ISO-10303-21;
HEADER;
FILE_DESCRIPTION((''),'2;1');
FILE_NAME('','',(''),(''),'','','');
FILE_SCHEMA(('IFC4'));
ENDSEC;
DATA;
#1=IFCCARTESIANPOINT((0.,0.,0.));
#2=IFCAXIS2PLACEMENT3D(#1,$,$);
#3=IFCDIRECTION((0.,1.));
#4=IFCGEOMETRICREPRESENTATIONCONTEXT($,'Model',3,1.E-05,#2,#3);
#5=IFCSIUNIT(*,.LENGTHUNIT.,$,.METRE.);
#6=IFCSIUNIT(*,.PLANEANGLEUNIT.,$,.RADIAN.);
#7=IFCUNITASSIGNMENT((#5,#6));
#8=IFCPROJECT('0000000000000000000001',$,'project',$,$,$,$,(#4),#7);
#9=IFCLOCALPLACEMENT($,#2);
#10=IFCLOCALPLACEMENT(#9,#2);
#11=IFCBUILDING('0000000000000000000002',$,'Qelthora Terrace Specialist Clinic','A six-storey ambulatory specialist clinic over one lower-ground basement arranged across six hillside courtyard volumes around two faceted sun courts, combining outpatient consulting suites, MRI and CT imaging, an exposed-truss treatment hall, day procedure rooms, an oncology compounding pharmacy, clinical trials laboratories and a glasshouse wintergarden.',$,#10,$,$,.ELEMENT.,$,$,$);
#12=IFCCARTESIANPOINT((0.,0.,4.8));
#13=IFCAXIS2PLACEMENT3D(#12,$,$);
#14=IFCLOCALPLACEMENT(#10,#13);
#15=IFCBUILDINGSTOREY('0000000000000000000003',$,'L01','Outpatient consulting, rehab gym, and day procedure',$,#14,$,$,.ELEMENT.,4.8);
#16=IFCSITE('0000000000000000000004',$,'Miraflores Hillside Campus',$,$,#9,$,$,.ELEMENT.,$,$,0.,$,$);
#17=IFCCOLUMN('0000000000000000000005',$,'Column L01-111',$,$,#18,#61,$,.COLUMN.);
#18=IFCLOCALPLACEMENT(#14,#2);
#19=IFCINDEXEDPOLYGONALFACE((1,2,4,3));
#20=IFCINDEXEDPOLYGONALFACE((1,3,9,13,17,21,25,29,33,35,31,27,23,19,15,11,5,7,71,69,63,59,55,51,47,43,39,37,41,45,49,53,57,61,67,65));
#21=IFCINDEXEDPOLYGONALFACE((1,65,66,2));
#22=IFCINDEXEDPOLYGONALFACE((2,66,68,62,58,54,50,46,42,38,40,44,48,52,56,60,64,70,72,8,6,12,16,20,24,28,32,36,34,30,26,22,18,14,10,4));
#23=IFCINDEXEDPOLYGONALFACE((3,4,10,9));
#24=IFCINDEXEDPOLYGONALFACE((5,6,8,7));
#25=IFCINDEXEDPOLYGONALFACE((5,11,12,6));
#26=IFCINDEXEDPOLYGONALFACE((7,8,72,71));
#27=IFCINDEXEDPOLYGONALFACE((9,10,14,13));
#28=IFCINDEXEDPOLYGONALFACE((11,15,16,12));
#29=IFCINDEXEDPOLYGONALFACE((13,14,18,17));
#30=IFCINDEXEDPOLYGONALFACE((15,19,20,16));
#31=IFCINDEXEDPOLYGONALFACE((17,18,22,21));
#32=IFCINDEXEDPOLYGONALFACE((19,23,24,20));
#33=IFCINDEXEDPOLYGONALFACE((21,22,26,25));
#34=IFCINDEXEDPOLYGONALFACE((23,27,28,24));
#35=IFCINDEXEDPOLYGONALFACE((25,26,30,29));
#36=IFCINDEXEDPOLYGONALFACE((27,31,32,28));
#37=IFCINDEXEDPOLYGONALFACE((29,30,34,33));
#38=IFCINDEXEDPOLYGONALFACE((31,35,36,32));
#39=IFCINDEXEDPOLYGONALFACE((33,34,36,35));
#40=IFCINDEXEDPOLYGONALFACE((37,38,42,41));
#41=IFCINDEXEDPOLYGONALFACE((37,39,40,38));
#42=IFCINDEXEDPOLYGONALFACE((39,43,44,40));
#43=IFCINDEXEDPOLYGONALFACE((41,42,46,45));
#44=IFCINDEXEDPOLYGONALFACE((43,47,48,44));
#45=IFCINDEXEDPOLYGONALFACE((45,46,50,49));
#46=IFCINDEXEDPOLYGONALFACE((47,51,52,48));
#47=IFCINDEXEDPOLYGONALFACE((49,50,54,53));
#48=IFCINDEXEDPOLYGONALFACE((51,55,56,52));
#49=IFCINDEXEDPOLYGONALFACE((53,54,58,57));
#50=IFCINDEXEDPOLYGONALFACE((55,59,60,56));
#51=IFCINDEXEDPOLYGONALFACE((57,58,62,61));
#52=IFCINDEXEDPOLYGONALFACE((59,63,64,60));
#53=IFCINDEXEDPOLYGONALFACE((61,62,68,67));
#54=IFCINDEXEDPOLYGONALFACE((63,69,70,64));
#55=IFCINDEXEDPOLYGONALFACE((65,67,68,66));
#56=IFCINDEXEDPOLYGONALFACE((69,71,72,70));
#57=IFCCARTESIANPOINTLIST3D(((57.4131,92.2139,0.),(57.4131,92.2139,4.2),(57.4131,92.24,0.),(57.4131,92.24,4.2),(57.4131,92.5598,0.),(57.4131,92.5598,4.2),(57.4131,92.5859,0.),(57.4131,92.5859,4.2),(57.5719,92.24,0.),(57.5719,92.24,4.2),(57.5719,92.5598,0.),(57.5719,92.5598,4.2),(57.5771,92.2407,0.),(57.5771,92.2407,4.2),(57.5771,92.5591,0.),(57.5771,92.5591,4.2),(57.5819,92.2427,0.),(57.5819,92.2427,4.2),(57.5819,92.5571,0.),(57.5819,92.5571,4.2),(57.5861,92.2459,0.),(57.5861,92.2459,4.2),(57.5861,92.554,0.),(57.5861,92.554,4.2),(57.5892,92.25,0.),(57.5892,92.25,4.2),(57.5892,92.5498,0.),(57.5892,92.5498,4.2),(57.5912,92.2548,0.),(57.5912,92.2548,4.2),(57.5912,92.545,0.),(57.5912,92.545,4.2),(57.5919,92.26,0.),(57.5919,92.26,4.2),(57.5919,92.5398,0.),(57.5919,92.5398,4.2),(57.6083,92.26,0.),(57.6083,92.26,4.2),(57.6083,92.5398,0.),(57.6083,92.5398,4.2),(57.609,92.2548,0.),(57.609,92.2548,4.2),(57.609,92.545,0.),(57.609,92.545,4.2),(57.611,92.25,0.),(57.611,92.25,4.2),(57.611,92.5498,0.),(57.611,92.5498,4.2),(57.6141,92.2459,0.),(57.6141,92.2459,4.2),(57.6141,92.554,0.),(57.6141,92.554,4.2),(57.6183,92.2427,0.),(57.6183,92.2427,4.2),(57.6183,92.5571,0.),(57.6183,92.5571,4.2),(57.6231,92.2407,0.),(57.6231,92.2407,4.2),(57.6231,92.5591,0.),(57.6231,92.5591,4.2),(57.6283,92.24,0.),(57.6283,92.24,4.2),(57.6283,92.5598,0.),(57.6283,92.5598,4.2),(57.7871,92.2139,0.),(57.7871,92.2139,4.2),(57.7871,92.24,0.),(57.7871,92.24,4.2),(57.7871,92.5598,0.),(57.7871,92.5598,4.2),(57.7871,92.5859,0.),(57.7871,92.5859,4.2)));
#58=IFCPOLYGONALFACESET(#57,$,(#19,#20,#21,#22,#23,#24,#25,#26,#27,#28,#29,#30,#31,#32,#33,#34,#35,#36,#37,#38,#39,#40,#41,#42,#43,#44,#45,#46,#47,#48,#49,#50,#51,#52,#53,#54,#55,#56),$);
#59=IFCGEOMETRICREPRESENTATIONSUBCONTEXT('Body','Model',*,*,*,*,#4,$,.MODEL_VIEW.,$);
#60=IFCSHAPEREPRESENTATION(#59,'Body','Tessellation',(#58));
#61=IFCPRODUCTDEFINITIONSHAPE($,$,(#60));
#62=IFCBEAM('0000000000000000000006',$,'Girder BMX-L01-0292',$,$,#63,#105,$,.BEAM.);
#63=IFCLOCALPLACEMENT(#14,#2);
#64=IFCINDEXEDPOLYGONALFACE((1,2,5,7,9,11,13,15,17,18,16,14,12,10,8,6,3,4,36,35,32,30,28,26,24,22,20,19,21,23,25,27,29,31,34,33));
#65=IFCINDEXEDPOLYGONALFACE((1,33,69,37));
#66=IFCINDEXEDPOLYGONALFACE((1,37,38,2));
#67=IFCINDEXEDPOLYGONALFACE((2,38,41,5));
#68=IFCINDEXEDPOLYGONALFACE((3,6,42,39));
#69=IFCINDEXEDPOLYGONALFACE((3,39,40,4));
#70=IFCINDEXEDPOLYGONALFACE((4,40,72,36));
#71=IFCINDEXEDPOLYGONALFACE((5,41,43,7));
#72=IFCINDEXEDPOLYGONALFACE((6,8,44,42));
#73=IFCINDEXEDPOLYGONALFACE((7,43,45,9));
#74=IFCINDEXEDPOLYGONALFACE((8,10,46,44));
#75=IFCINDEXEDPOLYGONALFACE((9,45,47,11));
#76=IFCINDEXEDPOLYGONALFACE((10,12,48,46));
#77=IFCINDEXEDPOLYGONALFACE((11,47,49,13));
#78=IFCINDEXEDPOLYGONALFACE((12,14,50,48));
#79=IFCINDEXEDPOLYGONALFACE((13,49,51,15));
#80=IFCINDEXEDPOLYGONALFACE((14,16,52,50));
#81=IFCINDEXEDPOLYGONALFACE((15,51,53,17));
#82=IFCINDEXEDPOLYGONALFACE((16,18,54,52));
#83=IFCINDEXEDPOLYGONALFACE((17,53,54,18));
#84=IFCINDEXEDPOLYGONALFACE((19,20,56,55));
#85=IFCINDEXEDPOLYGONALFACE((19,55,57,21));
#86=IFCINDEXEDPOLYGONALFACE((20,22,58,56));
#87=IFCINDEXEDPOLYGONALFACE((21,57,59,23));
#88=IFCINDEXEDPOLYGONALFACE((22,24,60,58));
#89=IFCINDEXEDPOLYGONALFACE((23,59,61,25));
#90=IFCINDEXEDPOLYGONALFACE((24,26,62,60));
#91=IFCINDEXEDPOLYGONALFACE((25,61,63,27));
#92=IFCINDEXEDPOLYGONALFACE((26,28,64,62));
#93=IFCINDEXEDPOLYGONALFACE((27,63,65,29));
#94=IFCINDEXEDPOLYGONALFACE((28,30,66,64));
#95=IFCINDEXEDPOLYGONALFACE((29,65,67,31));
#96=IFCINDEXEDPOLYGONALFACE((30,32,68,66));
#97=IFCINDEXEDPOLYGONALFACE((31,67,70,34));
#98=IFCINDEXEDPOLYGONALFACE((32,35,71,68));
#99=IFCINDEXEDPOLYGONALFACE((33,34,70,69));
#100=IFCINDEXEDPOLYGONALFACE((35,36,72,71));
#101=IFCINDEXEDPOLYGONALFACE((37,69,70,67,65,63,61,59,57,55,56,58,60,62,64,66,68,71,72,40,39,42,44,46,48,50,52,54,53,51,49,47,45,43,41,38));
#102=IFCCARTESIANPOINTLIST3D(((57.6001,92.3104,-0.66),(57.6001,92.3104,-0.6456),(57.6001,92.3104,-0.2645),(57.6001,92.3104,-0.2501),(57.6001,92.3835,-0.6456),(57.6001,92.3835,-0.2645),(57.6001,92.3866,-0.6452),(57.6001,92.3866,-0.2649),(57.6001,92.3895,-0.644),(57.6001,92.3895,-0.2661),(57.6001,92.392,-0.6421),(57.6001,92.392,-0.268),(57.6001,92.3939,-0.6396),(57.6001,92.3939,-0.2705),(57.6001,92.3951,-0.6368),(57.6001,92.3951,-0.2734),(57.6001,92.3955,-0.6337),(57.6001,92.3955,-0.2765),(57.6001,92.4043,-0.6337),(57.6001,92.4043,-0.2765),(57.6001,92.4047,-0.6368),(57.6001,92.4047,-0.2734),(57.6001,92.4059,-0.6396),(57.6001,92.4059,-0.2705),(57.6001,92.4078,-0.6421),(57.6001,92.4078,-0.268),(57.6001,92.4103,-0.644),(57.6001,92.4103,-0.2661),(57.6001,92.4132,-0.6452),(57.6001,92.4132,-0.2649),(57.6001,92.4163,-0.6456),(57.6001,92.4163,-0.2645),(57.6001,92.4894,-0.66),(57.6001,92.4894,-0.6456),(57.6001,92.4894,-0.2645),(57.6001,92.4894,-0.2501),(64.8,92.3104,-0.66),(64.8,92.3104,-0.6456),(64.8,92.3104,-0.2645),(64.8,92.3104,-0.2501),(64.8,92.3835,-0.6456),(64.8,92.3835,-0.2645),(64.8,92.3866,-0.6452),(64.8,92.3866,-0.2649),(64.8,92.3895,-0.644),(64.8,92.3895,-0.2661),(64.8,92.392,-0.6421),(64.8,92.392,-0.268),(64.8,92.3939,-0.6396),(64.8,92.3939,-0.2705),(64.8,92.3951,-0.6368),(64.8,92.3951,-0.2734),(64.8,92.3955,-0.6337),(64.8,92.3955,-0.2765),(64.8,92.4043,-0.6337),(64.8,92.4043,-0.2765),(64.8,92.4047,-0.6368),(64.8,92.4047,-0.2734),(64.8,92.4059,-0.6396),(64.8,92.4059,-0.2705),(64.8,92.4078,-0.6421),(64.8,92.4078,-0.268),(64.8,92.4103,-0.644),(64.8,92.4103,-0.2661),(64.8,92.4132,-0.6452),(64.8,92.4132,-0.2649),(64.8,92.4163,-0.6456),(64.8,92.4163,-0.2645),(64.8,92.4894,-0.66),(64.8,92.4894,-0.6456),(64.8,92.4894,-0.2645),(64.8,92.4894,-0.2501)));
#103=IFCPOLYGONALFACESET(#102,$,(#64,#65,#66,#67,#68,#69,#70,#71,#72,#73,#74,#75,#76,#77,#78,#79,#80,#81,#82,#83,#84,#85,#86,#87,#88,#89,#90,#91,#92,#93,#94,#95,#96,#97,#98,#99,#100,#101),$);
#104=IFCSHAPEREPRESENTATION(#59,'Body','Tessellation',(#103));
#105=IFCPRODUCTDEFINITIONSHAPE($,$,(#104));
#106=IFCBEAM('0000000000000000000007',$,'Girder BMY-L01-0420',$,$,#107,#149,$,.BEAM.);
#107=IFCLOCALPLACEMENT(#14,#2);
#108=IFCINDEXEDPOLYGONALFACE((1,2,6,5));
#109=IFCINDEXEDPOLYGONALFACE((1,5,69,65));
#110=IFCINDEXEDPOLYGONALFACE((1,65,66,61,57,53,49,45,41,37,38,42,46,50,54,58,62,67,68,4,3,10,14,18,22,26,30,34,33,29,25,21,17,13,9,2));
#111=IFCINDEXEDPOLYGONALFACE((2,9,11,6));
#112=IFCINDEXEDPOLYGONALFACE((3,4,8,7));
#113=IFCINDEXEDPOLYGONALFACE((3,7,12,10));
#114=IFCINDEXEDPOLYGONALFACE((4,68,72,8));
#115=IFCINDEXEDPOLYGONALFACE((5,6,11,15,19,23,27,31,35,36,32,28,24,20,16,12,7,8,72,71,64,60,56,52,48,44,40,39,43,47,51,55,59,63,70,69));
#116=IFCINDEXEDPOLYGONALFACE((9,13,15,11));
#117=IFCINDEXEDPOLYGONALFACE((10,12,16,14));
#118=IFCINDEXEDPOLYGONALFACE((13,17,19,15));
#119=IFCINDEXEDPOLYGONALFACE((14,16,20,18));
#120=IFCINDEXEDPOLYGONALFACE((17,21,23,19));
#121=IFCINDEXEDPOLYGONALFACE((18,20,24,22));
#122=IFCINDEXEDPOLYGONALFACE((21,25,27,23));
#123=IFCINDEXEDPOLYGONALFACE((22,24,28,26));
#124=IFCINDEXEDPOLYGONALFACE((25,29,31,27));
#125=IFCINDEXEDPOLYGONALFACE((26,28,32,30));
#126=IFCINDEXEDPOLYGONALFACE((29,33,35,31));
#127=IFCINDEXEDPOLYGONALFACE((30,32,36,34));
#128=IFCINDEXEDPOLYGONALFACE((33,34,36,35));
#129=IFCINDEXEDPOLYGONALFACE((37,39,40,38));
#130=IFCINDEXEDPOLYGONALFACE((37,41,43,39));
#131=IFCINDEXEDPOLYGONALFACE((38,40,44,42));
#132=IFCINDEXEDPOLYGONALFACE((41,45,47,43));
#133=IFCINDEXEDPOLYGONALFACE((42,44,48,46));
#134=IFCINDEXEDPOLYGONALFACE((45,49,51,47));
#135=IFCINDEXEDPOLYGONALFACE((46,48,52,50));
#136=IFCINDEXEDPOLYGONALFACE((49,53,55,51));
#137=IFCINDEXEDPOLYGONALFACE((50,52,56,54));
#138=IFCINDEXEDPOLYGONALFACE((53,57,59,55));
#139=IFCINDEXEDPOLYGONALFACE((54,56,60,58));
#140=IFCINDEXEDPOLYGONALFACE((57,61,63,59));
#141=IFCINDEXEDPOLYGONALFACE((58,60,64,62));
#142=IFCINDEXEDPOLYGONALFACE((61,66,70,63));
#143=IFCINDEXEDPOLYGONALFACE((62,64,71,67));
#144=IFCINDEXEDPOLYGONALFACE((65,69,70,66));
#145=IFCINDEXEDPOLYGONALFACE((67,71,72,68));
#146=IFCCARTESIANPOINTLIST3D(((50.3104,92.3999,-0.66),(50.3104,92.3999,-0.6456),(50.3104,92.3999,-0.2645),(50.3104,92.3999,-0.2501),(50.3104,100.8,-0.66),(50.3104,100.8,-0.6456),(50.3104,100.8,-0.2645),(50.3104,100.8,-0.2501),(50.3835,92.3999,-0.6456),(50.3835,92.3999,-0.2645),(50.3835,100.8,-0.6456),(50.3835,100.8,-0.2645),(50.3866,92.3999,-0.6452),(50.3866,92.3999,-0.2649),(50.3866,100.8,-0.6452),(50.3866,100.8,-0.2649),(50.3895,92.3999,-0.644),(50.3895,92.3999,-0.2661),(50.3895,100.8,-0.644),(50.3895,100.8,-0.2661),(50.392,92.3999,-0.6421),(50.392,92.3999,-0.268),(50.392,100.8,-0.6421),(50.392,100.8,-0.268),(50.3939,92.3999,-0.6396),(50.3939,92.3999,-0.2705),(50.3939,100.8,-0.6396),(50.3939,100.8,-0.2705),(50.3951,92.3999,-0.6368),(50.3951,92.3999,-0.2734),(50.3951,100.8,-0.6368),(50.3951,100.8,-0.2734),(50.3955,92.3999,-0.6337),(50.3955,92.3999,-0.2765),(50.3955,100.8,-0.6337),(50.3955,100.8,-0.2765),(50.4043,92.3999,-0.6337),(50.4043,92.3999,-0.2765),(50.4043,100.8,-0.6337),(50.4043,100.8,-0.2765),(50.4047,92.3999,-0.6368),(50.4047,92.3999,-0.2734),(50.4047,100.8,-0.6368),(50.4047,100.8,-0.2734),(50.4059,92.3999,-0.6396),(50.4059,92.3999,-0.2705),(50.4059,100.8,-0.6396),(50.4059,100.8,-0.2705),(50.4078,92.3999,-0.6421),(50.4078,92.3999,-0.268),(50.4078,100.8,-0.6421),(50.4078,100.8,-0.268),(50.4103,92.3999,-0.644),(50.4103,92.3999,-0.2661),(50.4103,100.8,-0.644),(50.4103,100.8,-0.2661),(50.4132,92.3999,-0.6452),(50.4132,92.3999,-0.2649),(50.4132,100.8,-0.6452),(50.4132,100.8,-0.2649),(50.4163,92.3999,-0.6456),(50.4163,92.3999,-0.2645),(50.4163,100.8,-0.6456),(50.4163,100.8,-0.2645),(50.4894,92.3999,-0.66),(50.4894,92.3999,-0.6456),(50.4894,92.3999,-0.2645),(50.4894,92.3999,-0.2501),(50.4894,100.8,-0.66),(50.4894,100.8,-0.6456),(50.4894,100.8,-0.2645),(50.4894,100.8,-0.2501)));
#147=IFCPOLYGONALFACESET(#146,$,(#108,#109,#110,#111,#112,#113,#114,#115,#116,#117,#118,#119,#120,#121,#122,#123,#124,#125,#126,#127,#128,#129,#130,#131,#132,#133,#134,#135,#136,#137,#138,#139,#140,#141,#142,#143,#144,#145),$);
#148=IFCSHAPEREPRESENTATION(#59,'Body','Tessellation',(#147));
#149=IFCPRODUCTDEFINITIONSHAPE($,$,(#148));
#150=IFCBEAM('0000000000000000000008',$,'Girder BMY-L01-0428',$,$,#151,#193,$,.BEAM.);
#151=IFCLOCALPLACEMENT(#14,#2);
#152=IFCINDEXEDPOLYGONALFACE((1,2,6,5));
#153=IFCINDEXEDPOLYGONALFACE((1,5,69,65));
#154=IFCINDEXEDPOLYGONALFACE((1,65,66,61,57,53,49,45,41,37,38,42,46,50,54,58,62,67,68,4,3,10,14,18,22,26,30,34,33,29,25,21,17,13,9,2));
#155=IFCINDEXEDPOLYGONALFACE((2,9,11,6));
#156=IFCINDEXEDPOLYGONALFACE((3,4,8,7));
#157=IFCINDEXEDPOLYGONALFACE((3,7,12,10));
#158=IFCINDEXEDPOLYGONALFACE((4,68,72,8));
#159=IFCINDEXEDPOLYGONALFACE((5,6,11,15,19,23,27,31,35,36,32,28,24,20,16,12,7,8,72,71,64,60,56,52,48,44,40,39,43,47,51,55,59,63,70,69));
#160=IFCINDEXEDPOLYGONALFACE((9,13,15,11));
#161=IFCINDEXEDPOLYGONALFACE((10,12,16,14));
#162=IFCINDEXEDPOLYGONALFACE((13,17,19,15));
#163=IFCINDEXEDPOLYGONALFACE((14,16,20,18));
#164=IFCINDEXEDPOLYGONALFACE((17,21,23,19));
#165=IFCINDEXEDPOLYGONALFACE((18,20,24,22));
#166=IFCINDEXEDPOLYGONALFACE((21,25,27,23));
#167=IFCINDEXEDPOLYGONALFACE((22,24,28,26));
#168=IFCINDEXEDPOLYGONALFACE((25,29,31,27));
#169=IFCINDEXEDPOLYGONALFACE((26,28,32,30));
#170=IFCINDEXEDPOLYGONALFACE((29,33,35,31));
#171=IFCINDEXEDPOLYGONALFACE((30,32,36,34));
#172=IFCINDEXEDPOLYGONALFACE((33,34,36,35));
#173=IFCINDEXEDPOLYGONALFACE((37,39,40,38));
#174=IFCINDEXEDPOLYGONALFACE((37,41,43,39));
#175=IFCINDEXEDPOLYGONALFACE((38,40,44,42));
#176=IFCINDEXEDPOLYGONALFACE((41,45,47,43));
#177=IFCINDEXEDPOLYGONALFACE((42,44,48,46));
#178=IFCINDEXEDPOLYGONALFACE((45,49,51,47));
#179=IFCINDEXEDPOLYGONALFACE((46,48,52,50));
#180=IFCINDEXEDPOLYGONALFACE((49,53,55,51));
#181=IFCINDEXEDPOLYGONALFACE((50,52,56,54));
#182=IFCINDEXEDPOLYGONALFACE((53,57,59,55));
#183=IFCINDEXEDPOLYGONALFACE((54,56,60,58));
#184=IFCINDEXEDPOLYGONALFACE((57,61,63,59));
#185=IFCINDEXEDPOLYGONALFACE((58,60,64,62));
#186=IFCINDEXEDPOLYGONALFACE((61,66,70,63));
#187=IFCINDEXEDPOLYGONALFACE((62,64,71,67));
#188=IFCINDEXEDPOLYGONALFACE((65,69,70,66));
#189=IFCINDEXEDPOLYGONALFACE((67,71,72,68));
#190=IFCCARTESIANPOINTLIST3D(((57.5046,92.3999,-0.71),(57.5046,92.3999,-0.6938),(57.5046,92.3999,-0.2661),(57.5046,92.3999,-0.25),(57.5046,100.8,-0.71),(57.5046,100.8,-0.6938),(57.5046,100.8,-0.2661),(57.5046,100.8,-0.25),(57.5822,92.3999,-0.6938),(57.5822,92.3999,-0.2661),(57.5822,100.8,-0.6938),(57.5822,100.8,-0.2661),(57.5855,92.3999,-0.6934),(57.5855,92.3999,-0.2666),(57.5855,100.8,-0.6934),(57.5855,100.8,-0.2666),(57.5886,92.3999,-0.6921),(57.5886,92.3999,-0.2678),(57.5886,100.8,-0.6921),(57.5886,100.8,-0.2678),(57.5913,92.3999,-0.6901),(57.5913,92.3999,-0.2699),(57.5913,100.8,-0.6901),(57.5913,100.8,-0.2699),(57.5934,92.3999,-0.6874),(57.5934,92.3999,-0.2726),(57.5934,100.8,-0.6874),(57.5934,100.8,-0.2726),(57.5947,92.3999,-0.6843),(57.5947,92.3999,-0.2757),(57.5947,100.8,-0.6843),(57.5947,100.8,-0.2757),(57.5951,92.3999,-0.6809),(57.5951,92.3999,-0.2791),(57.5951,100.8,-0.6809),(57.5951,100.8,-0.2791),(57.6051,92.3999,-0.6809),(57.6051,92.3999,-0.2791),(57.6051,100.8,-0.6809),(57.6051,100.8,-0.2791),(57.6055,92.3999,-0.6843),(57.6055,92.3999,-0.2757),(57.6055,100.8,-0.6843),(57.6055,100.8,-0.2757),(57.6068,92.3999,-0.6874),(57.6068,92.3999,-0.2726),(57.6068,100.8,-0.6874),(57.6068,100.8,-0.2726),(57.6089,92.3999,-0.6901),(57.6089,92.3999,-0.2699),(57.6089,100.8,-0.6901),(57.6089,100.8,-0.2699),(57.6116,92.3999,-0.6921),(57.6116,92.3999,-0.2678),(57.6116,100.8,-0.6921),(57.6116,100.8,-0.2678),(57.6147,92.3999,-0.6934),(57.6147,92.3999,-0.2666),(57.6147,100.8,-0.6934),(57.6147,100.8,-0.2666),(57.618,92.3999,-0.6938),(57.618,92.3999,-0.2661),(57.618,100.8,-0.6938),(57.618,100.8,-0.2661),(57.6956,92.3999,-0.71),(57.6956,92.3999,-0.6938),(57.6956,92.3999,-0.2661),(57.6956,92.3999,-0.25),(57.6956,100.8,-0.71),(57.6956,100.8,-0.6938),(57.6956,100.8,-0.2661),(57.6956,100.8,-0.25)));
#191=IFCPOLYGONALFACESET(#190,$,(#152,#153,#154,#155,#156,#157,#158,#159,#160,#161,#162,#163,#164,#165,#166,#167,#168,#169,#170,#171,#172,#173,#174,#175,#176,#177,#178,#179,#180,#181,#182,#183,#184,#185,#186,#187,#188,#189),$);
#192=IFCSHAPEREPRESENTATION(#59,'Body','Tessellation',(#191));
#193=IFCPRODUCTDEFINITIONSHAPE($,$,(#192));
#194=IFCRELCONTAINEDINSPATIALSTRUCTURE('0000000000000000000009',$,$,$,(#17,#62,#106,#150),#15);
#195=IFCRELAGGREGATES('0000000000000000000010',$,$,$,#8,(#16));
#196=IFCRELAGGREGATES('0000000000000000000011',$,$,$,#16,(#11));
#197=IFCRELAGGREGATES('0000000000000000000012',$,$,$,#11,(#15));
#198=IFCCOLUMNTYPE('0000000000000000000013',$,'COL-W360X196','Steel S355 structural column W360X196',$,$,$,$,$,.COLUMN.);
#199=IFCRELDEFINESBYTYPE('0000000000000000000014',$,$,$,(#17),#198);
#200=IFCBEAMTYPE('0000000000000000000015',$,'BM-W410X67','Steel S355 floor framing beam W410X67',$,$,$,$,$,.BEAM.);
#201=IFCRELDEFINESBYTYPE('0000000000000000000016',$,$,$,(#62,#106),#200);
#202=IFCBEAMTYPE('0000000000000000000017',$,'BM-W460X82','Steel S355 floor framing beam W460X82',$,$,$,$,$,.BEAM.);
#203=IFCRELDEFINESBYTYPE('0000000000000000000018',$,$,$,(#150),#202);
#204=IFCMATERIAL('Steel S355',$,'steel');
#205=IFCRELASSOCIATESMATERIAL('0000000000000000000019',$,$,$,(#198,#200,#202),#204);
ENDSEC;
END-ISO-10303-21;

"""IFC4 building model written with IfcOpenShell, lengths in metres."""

from ifc_helpers import new_model, si_unit, direction, frame, origin, origin_2d, place, context, subcontext, project, spatial, i_section, extrude, material, material_profile, profile_set, type_object, element, save


model = new_model("IFC4")

# Units and contexts
model_context = context("Model", 3, precision=1e-05, world=origin(), true_north=direction((0.0, 1.0)))
body_context = subcontext(model_context, "Body", "Model", "MODEL_VIEW")
ifc_project = project(units=[si_unit("LENGTHUNIT", "METRE"), si_unit("PLANEANGLEUNIT", "RADIAN")], contexts=[model_context])

# Site, building, storey
site_placement = place(None, origin())
site = spatial("IfcSite", under=ifc_project, at=site_placement, Name="Miraflores Hillside Campus", CompositionType="ELEMENT", RefElevation=0.0)
building_placement = place(site_placement, origin())
building = spatial("IfcBuilding", under=site, at=building_placement, Name="Qelthora Terrace Specialist Clinic", Description="A six-storey ambulatory specialist clinic over one lower-ground basement arranged across six hillside courtyard volumes around two faceted sun courts, combining outpatient consulting suites, MRI and CT imaging, an exposed-truss treatment hall, day procedure rooms, an oncology compounding pharmacy, clinical trials laboratories and a glasshouse wintergarden.", CompositionType="ELEMENT")
storey_placement = place(building_placement, frame((0.0, 0.0, 4.8)))
storey = spatial("IfcBuildingStorey", under=building, at=storey_placement, Name="L01", Description="Outpatient consulting, rehab gym, and day procedure", CompositionType="ELEMENT", Elevation=4.8)

# Column
ifc_material_1 = material(Name="Steel S355", Category="steel")
ifc_material_profile_1 = material_profile(ifc_material_1, i_section(OverallWidth=0.374, OverallDepth=0.3721, WebThickness=0.0164, FlangeThickness=0.0261, FilletRadius=0.02, at=origin_2d()), Name="W360X196")
ifc_profile_set_1 = profile_set([ifc_material_profile_1], Name="Steel S355")
column_type_1 = type_object("IfcColumnType", Name="COL-W360X196", Description="Steel S355 structural column W360X196", PredefinedType="COLUMN", material=ifc_profile_set_1)
column_1_placement = place(storey_placement, frame((57.6001, 92.3999, 0.0), z_axis=(0.0, 0.0, 1.0), x_axis=(1.0, 0.0, 0.0)))
element("IfcColumn", 1, at=column_1_placement, inside=storey, type_object=column_type_1, Name="Column L01-111", PredefinedType="COLUMN", context=body_context, shape_type="SweptSolid", body=[
    extrude(i_section(OverallWidth=0.374, OverallDepth=0.3721, WebThickness=0.0164, FlangeThickness=0.0261, FilletRadius=0.02, at=origin_2d()), origin(), (0.0, 0.0, 1.0), 4.2),
])

# Beams
ifc_material_profile_2 = material_profile(ifc_material_1, i_section(OverallWidth=0.179, OverallDepth=0.4099, WebThickness=0.0088, FlangeThickness=0.0144, FilletRadius=0.012, at=origin_2d()), Name="W410X67")
ifc_profile_set_2 = profile_set([ifc_material_profile_2], Name="Steel S355")
beam_type_1 = type_object("IfcBeamType", Name="BM-W410X67", Description="Steel S355 floor framing beam W410X67", PredefinedType="BEAM", material=ifc_profile_set_2)
beam_1_placement = place(storey_placement, frame((57.6001, 92.3999, -0.4551), z_axis=(1.0, 0.0, 0.0), x_axis=(0.0, 1.0, 0.0)))
element("IfcBeam", 2, at=beam_1_placement, inside=storey, type_object=beam_type_1, Name="Girder BMX-L01-0292", PredefinedType="BEAM", context=body_context, shape_type="SweptSolid", body=[
    extrude(i_section(OverallWidth=0.179, OverallDepth=0.4099, WebThickness=0.0088, FlangeThickness=0.0144, FilletRadius=0.012, at=origin_2d()), origin(), (0.0, 0.0, 1.0), 7.2),
])
beam_2_placement = place(storey_placement, frame((50.3999, 92.3999, -0.4551), z_axis=(0.0, 1.0, 0.0), x_axis=(-1.0, 0.0, 0.0)))
element("IfcBeam", 3, at=beam_2_placement, inside=storey, type_object=beam_type_1, Name="Girder BMY-L01-0420", PredefinedType="BEAM", context=body_context, shape_type="SweptSolid", body=[
    extrude(i_section(OverallWidth=0.179, OverallDepth=0.4099, WebThickness=0.0088, FlangeThickness=0.0144, FilletRadius=0.012, at=origin_2d()), origin(), (0.0, 0.0, 1.0), 8.4001),
])
ifc_material_profile_3 = material_profile(ifc_material_1, i_section(OverallWidth=0.1909, OverallDepth=0.46, WebThickness=0.01, FlangeThickness=0.0161, FilletRadius=0.0129, at=origin_2d()), Name="W460X82")
ifc_profile_set_3 = profile_set([ifc_material_profile_3], Name="Steel S355")
beam_type_2 = type_object("IfcBeamType", Name="BM-W460X82", Description="Steel S355 floor framing beam W460X82", PredefinedType="BEAM", material=ifc_profile_set_3)
beam_3_placement = place(storey_placement, frame((57.6001, 92.3999, -0.48), z_axis=(0.0, 1.0, 0.0), x_axis=(-1.0, 0.0, 0.0)))
element("IfcBeam", 4, at=beam_3_placement, inside=storey, type_object=beam_type_2, Name="Girder BMY-L01-0428", PredefinedType="BEAM", context=body_context, shape_type="SweptSolid", body=[
    extrude(i_section(OverallWidth=0.1909, OverallDepth=0.46, WebThickness=0.01, FlangeThickness=0.0161, FilletRadius=0.0129, at=origin_2d()), origin(), (0.0, 0.0, 1.0), 8.4001),
])

save(model, "model.ifc")
